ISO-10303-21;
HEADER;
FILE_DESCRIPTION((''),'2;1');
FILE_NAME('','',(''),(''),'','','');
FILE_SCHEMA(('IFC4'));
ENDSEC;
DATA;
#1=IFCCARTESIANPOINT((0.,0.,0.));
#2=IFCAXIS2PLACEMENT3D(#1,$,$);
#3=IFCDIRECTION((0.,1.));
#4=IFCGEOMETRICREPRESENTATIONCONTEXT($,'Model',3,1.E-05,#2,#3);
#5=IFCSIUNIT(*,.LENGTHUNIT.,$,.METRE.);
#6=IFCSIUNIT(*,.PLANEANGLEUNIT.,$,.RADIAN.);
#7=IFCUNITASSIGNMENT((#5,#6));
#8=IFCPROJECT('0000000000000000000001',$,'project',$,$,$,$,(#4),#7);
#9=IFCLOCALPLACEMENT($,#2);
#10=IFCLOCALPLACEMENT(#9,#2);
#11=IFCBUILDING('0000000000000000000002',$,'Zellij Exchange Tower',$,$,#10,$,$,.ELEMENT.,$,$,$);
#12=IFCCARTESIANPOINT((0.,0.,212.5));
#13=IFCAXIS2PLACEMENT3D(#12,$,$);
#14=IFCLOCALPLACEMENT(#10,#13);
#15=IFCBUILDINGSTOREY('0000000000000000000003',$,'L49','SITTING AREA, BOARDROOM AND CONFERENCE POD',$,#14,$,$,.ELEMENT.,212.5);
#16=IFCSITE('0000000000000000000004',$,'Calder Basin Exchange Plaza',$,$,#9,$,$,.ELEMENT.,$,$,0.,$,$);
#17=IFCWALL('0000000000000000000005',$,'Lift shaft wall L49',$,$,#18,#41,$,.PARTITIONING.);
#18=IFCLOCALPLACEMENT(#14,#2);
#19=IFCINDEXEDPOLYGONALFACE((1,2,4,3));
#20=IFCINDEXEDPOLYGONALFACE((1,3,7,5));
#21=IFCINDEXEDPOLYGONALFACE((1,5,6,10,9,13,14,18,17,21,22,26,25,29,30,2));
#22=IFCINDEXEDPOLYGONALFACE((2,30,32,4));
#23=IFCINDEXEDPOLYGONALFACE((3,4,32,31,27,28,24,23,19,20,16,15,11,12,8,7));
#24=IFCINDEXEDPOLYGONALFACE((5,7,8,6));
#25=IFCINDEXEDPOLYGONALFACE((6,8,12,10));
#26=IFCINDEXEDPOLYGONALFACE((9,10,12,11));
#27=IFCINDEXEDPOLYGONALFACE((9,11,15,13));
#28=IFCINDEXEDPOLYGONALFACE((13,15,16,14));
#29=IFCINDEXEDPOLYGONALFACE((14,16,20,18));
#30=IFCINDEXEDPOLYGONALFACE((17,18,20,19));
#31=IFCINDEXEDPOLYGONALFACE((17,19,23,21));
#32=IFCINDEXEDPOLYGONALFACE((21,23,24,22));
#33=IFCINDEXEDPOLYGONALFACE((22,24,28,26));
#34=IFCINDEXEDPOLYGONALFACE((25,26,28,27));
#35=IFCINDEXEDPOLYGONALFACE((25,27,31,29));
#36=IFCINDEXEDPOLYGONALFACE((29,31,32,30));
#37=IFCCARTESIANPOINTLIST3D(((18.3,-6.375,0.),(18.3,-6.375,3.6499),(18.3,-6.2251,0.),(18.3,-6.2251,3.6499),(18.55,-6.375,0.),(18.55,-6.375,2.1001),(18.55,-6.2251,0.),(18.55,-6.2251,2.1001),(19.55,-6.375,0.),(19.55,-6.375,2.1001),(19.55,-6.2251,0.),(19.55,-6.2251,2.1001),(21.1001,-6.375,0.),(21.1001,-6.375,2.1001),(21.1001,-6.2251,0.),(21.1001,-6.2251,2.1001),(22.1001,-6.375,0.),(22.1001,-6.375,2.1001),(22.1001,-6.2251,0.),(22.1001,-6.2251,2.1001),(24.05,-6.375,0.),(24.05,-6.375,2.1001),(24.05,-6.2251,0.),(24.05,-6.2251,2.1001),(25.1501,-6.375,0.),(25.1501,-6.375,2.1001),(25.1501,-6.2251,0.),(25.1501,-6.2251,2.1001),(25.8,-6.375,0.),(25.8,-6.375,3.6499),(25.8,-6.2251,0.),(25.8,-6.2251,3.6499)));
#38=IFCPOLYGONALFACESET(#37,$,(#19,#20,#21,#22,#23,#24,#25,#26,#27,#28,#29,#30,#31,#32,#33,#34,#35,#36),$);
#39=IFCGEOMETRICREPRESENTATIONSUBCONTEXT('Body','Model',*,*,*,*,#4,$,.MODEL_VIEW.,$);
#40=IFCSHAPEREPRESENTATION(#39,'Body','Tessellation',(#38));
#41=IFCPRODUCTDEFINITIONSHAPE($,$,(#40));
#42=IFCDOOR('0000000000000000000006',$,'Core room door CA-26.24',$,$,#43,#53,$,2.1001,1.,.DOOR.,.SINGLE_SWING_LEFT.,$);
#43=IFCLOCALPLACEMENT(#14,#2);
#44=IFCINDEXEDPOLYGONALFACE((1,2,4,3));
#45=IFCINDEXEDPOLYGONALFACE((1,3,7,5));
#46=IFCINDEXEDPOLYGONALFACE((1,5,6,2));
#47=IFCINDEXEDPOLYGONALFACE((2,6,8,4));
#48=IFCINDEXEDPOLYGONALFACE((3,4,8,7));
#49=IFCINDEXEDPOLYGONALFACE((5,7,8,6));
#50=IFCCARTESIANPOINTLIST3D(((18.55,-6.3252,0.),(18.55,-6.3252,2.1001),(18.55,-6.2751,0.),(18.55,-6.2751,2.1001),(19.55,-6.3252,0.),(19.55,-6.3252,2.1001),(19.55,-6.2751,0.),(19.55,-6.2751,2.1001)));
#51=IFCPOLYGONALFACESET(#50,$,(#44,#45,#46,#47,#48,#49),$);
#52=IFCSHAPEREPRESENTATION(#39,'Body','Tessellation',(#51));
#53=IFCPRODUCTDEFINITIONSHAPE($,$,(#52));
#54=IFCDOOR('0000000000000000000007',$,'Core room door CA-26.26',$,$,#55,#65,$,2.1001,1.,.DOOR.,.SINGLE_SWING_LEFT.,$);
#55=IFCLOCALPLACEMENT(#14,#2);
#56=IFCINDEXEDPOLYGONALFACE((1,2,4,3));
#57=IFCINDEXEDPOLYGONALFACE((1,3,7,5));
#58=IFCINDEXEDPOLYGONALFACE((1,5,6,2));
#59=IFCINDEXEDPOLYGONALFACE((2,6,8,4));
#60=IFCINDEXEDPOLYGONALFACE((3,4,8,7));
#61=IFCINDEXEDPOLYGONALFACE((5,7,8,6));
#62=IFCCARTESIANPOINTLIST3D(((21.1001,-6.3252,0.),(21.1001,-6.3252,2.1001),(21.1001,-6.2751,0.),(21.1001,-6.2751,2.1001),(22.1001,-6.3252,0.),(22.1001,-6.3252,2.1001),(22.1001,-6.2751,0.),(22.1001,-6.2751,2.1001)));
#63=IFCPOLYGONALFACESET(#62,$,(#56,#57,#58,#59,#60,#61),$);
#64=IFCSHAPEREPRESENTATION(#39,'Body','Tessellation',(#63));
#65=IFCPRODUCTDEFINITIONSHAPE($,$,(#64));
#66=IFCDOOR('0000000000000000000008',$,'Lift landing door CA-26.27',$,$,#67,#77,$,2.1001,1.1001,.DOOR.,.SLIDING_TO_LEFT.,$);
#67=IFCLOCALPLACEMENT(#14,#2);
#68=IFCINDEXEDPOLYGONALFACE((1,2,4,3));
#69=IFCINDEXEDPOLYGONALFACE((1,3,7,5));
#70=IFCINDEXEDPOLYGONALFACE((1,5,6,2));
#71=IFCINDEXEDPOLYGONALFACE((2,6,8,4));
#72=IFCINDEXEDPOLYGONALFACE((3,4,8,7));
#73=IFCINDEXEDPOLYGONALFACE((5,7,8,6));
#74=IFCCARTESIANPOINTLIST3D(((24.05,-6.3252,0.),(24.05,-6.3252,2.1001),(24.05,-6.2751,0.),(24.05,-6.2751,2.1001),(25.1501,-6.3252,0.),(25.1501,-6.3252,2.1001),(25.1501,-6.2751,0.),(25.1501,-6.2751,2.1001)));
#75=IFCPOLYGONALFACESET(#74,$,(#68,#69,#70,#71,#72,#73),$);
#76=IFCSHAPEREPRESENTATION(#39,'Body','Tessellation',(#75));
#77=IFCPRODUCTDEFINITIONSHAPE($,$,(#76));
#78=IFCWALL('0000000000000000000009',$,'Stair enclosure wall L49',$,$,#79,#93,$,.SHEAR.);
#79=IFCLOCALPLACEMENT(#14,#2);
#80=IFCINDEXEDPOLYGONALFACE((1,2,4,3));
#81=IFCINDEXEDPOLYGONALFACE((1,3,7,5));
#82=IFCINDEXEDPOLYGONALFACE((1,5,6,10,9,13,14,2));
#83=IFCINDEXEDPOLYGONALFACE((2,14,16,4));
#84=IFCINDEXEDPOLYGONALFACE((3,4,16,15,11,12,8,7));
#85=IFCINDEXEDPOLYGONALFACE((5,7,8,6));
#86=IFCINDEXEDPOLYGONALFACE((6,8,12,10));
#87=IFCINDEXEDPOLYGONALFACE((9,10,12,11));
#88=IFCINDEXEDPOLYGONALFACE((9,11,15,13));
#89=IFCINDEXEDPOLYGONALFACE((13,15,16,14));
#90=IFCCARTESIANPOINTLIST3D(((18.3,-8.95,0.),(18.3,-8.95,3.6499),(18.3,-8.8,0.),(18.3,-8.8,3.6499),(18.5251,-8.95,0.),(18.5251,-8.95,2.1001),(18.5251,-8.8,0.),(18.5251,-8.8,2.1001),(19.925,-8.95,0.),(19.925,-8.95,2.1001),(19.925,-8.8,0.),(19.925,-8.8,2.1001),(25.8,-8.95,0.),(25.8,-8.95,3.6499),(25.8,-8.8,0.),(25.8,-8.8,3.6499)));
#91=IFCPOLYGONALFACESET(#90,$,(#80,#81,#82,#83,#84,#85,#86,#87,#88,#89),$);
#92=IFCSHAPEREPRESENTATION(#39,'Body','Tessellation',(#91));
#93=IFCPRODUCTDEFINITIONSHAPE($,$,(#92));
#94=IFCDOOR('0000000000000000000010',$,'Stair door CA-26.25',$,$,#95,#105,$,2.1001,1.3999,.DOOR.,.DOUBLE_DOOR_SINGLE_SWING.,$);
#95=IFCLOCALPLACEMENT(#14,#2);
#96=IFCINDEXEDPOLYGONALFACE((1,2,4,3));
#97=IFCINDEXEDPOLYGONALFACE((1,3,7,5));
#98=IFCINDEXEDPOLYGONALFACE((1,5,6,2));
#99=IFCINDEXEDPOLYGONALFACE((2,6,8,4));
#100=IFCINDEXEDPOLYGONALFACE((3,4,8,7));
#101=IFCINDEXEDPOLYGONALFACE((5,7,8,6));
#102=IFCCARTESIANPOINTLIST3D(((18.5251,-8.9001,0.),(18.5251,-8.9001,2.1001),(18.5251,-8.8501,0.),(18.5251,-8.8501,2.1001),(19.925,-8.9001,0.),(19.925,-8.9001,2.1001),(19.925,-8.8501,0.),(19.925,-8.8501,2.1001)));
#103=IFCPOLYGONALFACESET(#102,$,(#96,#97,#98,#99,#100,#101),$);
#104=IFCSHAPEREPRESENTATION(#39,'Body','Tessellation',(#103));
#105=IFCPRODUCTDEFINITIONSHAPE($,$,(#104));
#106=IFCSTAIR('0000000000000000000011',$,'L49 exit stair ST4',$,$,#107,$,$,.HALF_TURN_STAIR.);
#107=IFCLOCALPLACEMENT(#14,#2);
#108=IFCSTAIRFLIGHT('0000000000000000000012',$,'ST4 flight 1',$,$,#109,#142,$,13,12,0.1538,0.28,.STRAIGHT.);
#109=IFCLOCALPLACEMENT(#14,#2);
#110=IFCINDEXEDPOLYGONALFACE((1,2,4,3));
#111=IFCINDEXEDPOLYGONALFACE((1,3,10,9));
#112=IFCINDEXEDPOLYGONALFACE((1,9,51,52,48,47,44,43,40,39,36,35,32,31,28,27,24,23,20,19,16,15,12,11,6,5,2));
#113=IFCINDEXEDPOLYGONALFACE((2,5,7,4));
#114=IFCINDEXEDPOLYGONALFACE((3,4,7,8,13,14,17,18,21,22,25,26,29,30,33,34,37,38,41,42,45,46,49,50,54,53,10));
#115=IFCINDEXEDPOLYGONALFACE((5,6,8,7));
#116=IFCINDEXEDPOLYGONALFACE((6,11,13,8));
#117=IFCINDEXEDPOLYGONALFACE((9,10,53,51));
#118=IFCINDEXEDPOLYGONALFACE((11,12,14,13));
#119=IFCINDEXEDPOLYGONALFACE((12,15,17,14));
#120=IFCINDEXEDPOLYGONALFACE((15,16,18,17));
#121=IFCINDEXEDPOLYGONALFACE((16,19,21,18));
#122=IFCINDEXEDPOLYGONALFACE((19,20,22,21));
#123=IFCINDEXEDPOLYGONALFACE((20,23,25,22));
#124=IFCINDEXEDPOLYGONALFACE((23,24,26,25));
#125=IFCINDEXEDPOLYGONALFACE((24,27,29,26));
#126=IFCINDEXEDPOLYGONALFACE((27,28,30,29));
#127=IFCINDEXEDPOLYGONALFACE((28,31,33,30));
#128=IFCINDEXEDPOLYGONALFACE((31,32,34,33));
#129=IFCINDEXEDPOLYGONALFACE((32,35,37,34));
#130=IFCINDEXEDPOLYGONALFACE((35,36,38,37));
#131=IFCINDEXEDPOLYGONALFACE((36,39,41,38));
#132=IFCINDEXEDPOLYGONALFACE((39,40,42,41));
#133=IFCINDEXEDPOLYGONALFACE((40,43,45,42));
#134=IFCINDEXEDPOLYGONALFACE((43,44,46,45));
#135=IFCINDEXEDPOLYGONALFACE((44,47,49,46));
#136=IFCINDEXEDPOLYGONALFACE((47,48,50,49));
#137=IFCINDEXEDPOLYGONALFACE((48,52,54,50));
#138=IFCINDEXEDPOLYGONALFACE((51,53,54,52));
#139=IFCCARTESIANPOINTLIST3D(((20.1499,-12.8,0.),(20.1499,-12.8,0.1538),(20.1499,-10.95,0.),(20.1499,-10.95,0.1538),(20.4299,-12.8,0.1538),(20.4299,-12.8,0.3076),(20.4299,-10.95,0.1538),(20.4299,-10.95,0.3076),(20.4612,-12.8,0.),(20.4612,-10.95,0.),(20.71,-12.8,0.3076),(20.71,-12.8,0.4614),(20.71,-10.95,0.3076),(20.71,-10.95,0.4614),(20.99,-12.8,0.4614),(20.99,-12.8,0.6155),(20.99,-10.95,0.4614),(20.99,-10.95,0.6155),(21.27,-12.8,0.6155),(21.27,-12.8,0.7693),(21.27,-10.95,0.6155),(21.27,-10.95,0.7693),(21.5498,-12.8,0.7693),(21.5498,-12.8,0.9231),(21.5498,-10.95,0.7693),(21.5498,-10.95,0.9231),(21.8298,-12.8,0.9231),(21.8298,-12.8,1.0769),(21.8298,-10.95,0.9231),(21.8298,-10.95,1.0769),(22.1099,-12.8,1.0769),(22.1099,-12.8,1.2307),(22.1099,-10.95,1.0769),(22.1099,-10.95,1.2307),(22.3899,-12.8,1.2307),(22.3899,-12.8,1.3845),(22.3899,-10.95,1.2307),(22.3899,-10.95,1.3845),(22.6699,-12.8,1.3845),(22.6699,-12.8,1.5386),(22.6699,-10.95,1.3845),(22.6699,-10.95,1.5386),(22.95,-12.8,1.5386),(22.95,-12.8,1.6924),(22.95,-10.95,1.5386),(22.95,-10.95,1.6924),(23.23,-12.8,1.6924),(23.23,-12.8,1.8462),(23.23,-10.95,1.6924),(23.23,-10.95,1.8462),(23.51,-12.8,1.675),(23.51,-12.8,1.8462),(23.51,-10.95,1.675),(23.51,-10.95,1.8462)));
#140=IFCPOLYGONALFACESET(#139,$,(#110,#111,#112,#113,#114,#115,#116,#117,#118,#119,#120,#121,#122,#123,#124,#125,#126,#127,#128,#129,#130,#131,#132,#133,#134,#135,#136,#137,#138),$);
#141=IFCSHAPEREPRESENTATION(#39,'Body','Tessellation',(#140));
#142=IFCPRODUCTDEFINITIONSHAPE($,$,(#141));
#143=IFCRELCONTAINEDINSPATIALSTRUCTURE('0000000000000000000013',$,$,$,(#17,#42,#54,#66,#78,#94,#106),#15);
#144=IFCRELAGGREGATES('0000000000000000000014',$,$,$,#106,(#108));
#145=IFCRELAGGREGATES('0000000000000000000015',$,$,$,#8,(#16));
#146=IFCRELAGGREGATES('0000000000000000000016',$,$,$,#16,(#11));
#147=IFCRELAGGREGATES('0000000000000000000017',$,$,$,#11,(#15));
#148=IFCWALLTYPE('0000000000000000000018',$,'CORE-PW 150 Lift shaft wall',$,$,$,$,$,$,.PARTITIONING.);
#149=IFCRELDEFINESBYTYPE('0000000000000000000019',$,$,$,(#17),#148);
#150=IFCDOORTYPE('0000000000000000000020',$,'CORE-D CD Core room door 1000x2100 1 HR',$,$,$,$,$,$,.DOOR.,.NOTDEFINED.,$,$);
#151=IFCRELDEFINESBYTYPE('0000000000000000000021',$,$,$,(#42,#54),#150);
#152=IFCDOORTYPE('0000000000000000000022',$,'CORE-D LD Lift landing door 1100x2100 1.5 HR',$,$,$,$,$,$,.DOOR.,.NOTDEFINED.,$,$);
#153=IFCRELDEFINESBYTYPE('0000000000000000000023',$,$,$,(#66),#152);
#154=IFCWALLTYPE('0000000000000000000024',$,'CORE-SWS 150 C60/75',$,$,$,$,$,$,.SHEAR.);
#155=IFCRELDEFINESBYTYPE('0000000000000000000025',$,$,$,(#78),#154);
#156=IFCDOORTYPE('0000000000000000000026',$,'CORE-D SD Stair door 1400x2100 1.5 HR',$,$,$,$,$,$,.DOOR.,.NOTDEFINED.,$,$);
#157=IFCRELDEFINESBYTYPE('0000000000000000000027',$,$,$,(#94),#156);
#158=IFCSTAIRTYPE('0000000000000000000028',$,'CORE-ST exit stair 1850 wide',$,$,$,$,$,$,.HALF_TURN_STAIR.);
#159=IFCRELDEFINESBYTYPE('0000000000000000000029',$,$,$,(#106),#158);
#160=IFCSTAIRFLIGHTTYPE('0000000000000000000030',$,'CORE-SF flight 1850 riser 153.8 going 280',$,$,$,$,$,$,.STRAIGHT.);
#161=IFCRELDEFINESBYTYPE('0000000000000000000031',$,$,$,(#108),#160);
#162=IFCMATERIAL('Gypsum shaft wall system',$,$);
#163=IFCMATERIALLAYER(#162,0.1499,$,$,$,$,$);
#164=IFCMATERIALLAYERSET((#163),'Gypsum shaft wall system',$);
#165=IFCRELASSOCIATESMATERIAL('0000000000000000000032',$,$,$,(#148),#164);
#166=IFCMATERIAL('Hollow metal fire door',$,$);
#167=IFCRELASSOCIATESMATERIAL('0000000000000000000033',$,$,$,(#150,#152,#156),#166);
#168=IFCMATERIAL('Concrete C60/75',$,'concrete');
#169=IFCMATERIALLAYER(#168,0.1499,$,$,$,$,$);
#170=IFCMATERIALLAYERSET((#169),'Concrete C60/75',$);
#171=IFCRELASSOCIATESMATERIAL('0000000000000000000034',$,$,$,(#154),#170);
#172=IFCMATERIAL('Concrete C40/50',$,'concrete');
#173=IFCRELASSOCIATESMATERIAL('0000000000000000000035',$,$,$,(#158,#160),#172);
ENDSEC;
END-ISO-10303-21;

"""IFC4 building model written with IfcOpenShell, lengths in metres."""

from ifc_helpers import new_model, si_unit, direction, frame, frame_2d, origin, place, context, subcontext, project, spatial, polyline, rectangle, outline, extrude, material, layer, layer_set, type_object, element, fill, aggregate, save


model = new_model("IFC4")

# Units and contexts
model_context = context("Model", 3, precision=1e-05, world=origin(), true_north=direction((0.0, 1.0)))
body_context = subcontext(model_context, "Body", "Model", "MODEL_VIEW")
ifc_project = project(units=[si_unit("LENGTHUNIT", "METRE"), si_unit("PLANEANGLEUNIT", "RADIAN")], contexts=[model_context])

# Site, building, storey
site_placement = place(None, origin())
site = spatial("IfcSite", under=ifc_project, at=site_placement, Name="Calder Basin Exchange Plaza", CompositionType="ELEMENT", RefElevation=0.0)
building_placement = place(site_placement, origin())
building = spatial("IfcBuilding", under=site, at=building_placement, Name="Zellij Exchange Tower", CompositionType="ELEMENT")
storey_placement = place(building_placement, frame((0.0, 0.0, 212.5)))
storey = spatial("IfcBuildingStorey", under=building, at=storey_placement, Name="L49", Description="SITTING AREA, BOARDROOM AND CONFERENCE POD", CompositionType="ELEMENT", Elevation=212.5)

# Shared definitions
ifc_material_1 = material(Name="Concrete C60/75", Category="concrete")
ifc_material_2 = material(Name="Gypsum shaft wall system")
ifc_layer_1 = layer(ifc_material_2, 0.1499)
ifc_layer_set_1 = layer_set([ifc_layer_1], Name="Gypsum shaft wall system")
wall_type_1 = type_object("IfcWallType", Name="CORE-PW 150 Lift shaft wall", PredefinedType="PARTITIONING", material=ifc_layer_set_1)

# Wall, openings, doors
wall_1_placement = place(storey_placement, frame((18.3, -6.3, 0.0), z_axis=(0.0, 0.0, 1.0), x_axis=(1.0, 0.0, 0.0)))
wall_1 = element("IfcWall", 1, at=wall_1_placement, inside=storey, type_object=wall_type_1, Name="Lift shaft wall L49", PredefinedType="PARTITIONING", context=body_context, shape_type="SweptSolid", body=[
    extrude(rectangle(XDim=7.5, YDim=0.1499, at=frame_2d((3.75, 0.0))), origin(), (0.0, 0.0, 1.0), 3.6499),
])
opening_1_placement = place(wall_1_placement, frame((0.25, 0.0, 0.0)))
opening_1 = element("IfcOpeningElement", 2, at=opening_1_placement, cuts=wall_1, PredefinedType="OPENING", context=body_context, shape_type="SweptSolid", body=[
    extrude(rectangle(XDim=1.0, YDim=2.1001, at=frame_2d((0.5, 1.05))), frame((0.0, 0.0869, 0.0), z_axis=(0.0, -1.0, 0.0), x_axis=(1.0, 0.0, 0.0)), (0.0, 0.0, 1.0), 0.1738),
])
opening_2_placement = place(wall_1_placement, frame((2.8, 0.0, 0.0)))
opening_2 = element("IfcOpeningElement", 3, at=opening_2_placement, cuts=wall_1, PredefinedType="OPENING", context=body_context, shape_type="SweptSolid", body=[
    extrude(rectangle(XDim=1.0, YDim=2.1001, at=frame_2d((0.5, 1.05))), frame((0.0, 0.0869, 0.0), z_axis=(0.0, -1.0, 0.0), x_axis=(1.0, 0.0, 0.0)), (0.0, 0.0, 1.0), 0.1738),
])
opening_3_placement = place(wall_1_placement, frame((5.75, 0.0, 0.0)))
opening_3 = element("IfcOpeningElement", 4, at=opening_3_placement, cuts=wall_1, PredefinedType="OPENING", context=body_context, shape_type="SweptSolid", body=[
    extrude(rectangle(XDim=1.1001, YDim=2.1001, at=frame_2d((0.55, 1.05))), frame((0.0, 0.0869, 0.0), z_axis=(0.0, -1.0, 0.0), x_axis=(1.0, 0.0, 0.0)), (0.0, 0.0, 1.0), 0.1738),
])
ifc_material_3 = material(Name="Hollow metal fire door")
door_type_1 = type_object("IfcDoorType", Name="CORE-D CD Core room door 1000x2100 1 HR", OperationType="NOTDEFINED", PredefinedType="DOOR", material=ifc_material_3)
door_1_placement = place(opening_1_placement, origin())
door_1 = element("IfcDoor", 5, at=door_1_placement, inside=storey, type_object=door_type_1, Name="Core room door CA-26.24", OperationType="SINGLE_SWING_LEFT", OverallHeight=2.1001, OverallWidth=1.0, PredefinedType="DOOR", context=body_context, shape_type="SweptSolid", body=[
    extrude(rectangle(XDim=1.0, YDim=2.1001, at=frame_2d((0.5, 1.05))), frame((0.0, 0.0249, 0.0), z_axis=(0.0, -1.0, 0.0), x_axis=(1.0, 0.0, 0.0)), (0.0, 0.0, 1.0), 0.05),
])
fill(opening_1, door_1)
door_2_placement = place(opening_2_placement, origin())
door_2 = element("IfcDoor", 6, at=door_2_placement, inside=storey, type_object=door_type_1, Name="Core room door CA-26.26", OperationType="SINGLE_SWING_LEFT", OverallHeight=2.1001, OverallWidth=1.0, PredefinedType="DOOR", context=body_context, shape_type="SweptSolid", body=[
    extrude(rectangle(XDim=1.0, YDim=2.1001, at=frame_2d((0.5, 1.05))), frame((0.0, 0.0249, 0.0), z_axis=(0.0, -1.0, 0.0), x_axis=(1.0, 0.0, 0.0)), (0.0, 0.0, 1.0), 0.05),
])
fill(opening_2, door_2)
door_type_2 = type_object("IfcDoorType", Name="CORE-D LD Lift landing door 1100x2100 1.5 HR", OperationType="NOTDEFINED", PredefinedType="DOOR", material=ifc_material_3)
door_3_placement = place(opening_3_placement, origin())
door_3 = element("IfcDoor", 7, at=door_3_placement, inside=storey, type_object=door_type_2, Name="Lift landing door CA-26.27", OperationType="SLIDING_TO_LEFT", OverallHeight=2.1001, OverallWidth=1.1001, PredefinedType="DOOR", context=body_context, shape_type="SweptSolid", body=[
    extrude(rectangle(XDim=1.1001, YDim=2.1001, at=frame_2d((0.55, 1.05))), frame((0.0, 0.0249, 0.0), z_axis=(0.0, -1.0, 0.0), x_axis=(1.0, 0.0, 0.0)), (0.0, 0.0, 1.0), 0.05),
])
fill(opening_3, door_3)

# Wall, opening, door
ifc_layer_2 = layer(ifc_material_1, 0.1499)
ifc_layer_set_2 = layer_set([ifc_layer_2], Name="Concrete C60/75")
wall_type_2 = type_object("IfcWallType", Name="CORE-SWS 150 C60/75", PredefinedType="SHEAR", material=ifc_layer_set_2)
wall_2_placement = place(storey_placement, frame((18.3, -8.875, 0.0), z_axis=(0.0, 0.0, 1.0), x_axis=(1.0, 0.0, 0.0)))
wall_2 = element("IfcWall", 8, at=wall_2_placement, inside=storey, type_object=wall_type_2, Name="Stair enclosure wall L49", PredefinedType="SHEAR", context=body_context, shape_type="SweptSolid", body=[
    extrude(rectangle(XDim=7.5, YDim=0.1499, at=frame_2d((3.75, 0.0))), origin(), (0.0, 0.0, 1.0), 3.6499),
])
opening_4_placement = place(wall_2_placement, frame((0.2251, 0.0, 0.0)))
opening_4 = element("IfcOpeningElement", 9, at=opening_4_placement, cuts=wall_2, PredefinedType="OPENING", context=body_context, shape_type="SweptSolid", body=[
    extrude(rectangle(XDim=1.3999, YDim=2.1001, at=frame_2d((0.7, 1.05))), frame((0.0, 0.0869, 0.0), z_axis=(0.0, -1.0, 0.0), x_axis=(1.0, 0.0, 0.0)), (0.0, 0.0, 1.0), 0.1738),
])
door_type_3 = type_object("IfcDoorType", Name="CORE-D SD Stair door 1400x2100 1.5 HR", OperationType="NOTDEFINED", PredefinedType="DOOR", material=ifc_material_3)
door_4_placement = place(opening_4_placement, origin())
door_4 = element("IfcDoor", 10, at=door_4_placement, inside=storey, type_object=door_type_3, Name="Stair door CA-26.25", OperationType="DOUBLE_DOOR_SINGLE_SWING", OverallHeight=2.1001, OverallWidth=1.3999, PredefinedType="DOOR", context=body_context, shape_type="SweptSolid", body=[
    extrude(rectangle(XDim=1.3999, YDim=2.1001, at=frame_2d((0.7, 1.05))), frame((0.0, 0.0249, 0.0), z_axis=(0.0, -1.0, 0.0), x_axis=(1.0, 0.0, 0.0)), (0.0, 0.0, 1.0), 0.05),
])
fill(opening_4, door_4)

# Stair, stair flight
ifc_material_4 = material(Name="Concrete C40/50", Category="concrete")
stair_type = type_object("IfcStairType", Name="CORE-ST exit stair 1850 wide", PredefinedType="HALF_TURN_STAIR", material=ifc_material_4)
stair_placement = place(storey_placement, origin())
stair = element("IfcStair", 11, at=stair_placement, inside=storey, type_object=stair_type, Name="L49 exit stair ST4", PredefinedType="HALF_TURN_STAIR")
stair_flight_type = type_object("IfcStairFlightType", Name="CORE-SF flight 1850 riser 153.8 going 280", PredefinedType="STRAIGHT", material=ifc_material_4)
stair_flight_1_placement = place(storey_placement, frame((20.1499, -11.875, 0.0), z_axis=(0.0, 0.0, 1.0), x_axis=(1.0, 0.0, 0.0)))
stair_flight_1 = element("IfcStairFlight", 12, at=stair_flight_1_placement, type_object=stair_flight_type, Name="ST4 flight 1", NumberOfRisers=13, NumberOfTreads=12, PredefinedType="STRAIGHT", RiserHeight=0.1538, TreadLength=0.28, context=body_context, shape_type="SweptSolid", body=[
    extrude(outline(polyline([(0.0, 0.0), (0.0, 0.1538), (0.28, 0.1538), (0.28, 0.3076), (0.5601, 0.3076), (0.5601, 0.4614), (0.8401, 0.4614), (0.8401, 0.6155), (1.1201, 0.6155), (1.1201, 0.7693), (1.3999, 0.7693), (1.3999, 0.9231), (1.6799, 0.9231), (1.6799, 1.0769), (1.96, 1.0769), (1.96, 1.2307), (2.24, 1.2307), (2.24, 1.3845), (2.52, 1.3845), (2.52, 1.5386), (2.8, 1.5386), (2.8, 1.6924), (3.0801, 1.6924), (3.0801, 1.8462), (3.3601, 1.8462), (3.3601, 2.0), (3.3601, 1.675), (0.3113, 0.0), (0.0, 0.0)])), frame((0.0, 0.925, 0.0), z_axis=(0.0, -1.0, 0.0), x_axis=(1.0, 0.0, 0.0)), (0.0, 0.0, 1.0), 1.8501),
])
aggregate(stair, [stair_flight_1])

save(model, "model.ifc")
